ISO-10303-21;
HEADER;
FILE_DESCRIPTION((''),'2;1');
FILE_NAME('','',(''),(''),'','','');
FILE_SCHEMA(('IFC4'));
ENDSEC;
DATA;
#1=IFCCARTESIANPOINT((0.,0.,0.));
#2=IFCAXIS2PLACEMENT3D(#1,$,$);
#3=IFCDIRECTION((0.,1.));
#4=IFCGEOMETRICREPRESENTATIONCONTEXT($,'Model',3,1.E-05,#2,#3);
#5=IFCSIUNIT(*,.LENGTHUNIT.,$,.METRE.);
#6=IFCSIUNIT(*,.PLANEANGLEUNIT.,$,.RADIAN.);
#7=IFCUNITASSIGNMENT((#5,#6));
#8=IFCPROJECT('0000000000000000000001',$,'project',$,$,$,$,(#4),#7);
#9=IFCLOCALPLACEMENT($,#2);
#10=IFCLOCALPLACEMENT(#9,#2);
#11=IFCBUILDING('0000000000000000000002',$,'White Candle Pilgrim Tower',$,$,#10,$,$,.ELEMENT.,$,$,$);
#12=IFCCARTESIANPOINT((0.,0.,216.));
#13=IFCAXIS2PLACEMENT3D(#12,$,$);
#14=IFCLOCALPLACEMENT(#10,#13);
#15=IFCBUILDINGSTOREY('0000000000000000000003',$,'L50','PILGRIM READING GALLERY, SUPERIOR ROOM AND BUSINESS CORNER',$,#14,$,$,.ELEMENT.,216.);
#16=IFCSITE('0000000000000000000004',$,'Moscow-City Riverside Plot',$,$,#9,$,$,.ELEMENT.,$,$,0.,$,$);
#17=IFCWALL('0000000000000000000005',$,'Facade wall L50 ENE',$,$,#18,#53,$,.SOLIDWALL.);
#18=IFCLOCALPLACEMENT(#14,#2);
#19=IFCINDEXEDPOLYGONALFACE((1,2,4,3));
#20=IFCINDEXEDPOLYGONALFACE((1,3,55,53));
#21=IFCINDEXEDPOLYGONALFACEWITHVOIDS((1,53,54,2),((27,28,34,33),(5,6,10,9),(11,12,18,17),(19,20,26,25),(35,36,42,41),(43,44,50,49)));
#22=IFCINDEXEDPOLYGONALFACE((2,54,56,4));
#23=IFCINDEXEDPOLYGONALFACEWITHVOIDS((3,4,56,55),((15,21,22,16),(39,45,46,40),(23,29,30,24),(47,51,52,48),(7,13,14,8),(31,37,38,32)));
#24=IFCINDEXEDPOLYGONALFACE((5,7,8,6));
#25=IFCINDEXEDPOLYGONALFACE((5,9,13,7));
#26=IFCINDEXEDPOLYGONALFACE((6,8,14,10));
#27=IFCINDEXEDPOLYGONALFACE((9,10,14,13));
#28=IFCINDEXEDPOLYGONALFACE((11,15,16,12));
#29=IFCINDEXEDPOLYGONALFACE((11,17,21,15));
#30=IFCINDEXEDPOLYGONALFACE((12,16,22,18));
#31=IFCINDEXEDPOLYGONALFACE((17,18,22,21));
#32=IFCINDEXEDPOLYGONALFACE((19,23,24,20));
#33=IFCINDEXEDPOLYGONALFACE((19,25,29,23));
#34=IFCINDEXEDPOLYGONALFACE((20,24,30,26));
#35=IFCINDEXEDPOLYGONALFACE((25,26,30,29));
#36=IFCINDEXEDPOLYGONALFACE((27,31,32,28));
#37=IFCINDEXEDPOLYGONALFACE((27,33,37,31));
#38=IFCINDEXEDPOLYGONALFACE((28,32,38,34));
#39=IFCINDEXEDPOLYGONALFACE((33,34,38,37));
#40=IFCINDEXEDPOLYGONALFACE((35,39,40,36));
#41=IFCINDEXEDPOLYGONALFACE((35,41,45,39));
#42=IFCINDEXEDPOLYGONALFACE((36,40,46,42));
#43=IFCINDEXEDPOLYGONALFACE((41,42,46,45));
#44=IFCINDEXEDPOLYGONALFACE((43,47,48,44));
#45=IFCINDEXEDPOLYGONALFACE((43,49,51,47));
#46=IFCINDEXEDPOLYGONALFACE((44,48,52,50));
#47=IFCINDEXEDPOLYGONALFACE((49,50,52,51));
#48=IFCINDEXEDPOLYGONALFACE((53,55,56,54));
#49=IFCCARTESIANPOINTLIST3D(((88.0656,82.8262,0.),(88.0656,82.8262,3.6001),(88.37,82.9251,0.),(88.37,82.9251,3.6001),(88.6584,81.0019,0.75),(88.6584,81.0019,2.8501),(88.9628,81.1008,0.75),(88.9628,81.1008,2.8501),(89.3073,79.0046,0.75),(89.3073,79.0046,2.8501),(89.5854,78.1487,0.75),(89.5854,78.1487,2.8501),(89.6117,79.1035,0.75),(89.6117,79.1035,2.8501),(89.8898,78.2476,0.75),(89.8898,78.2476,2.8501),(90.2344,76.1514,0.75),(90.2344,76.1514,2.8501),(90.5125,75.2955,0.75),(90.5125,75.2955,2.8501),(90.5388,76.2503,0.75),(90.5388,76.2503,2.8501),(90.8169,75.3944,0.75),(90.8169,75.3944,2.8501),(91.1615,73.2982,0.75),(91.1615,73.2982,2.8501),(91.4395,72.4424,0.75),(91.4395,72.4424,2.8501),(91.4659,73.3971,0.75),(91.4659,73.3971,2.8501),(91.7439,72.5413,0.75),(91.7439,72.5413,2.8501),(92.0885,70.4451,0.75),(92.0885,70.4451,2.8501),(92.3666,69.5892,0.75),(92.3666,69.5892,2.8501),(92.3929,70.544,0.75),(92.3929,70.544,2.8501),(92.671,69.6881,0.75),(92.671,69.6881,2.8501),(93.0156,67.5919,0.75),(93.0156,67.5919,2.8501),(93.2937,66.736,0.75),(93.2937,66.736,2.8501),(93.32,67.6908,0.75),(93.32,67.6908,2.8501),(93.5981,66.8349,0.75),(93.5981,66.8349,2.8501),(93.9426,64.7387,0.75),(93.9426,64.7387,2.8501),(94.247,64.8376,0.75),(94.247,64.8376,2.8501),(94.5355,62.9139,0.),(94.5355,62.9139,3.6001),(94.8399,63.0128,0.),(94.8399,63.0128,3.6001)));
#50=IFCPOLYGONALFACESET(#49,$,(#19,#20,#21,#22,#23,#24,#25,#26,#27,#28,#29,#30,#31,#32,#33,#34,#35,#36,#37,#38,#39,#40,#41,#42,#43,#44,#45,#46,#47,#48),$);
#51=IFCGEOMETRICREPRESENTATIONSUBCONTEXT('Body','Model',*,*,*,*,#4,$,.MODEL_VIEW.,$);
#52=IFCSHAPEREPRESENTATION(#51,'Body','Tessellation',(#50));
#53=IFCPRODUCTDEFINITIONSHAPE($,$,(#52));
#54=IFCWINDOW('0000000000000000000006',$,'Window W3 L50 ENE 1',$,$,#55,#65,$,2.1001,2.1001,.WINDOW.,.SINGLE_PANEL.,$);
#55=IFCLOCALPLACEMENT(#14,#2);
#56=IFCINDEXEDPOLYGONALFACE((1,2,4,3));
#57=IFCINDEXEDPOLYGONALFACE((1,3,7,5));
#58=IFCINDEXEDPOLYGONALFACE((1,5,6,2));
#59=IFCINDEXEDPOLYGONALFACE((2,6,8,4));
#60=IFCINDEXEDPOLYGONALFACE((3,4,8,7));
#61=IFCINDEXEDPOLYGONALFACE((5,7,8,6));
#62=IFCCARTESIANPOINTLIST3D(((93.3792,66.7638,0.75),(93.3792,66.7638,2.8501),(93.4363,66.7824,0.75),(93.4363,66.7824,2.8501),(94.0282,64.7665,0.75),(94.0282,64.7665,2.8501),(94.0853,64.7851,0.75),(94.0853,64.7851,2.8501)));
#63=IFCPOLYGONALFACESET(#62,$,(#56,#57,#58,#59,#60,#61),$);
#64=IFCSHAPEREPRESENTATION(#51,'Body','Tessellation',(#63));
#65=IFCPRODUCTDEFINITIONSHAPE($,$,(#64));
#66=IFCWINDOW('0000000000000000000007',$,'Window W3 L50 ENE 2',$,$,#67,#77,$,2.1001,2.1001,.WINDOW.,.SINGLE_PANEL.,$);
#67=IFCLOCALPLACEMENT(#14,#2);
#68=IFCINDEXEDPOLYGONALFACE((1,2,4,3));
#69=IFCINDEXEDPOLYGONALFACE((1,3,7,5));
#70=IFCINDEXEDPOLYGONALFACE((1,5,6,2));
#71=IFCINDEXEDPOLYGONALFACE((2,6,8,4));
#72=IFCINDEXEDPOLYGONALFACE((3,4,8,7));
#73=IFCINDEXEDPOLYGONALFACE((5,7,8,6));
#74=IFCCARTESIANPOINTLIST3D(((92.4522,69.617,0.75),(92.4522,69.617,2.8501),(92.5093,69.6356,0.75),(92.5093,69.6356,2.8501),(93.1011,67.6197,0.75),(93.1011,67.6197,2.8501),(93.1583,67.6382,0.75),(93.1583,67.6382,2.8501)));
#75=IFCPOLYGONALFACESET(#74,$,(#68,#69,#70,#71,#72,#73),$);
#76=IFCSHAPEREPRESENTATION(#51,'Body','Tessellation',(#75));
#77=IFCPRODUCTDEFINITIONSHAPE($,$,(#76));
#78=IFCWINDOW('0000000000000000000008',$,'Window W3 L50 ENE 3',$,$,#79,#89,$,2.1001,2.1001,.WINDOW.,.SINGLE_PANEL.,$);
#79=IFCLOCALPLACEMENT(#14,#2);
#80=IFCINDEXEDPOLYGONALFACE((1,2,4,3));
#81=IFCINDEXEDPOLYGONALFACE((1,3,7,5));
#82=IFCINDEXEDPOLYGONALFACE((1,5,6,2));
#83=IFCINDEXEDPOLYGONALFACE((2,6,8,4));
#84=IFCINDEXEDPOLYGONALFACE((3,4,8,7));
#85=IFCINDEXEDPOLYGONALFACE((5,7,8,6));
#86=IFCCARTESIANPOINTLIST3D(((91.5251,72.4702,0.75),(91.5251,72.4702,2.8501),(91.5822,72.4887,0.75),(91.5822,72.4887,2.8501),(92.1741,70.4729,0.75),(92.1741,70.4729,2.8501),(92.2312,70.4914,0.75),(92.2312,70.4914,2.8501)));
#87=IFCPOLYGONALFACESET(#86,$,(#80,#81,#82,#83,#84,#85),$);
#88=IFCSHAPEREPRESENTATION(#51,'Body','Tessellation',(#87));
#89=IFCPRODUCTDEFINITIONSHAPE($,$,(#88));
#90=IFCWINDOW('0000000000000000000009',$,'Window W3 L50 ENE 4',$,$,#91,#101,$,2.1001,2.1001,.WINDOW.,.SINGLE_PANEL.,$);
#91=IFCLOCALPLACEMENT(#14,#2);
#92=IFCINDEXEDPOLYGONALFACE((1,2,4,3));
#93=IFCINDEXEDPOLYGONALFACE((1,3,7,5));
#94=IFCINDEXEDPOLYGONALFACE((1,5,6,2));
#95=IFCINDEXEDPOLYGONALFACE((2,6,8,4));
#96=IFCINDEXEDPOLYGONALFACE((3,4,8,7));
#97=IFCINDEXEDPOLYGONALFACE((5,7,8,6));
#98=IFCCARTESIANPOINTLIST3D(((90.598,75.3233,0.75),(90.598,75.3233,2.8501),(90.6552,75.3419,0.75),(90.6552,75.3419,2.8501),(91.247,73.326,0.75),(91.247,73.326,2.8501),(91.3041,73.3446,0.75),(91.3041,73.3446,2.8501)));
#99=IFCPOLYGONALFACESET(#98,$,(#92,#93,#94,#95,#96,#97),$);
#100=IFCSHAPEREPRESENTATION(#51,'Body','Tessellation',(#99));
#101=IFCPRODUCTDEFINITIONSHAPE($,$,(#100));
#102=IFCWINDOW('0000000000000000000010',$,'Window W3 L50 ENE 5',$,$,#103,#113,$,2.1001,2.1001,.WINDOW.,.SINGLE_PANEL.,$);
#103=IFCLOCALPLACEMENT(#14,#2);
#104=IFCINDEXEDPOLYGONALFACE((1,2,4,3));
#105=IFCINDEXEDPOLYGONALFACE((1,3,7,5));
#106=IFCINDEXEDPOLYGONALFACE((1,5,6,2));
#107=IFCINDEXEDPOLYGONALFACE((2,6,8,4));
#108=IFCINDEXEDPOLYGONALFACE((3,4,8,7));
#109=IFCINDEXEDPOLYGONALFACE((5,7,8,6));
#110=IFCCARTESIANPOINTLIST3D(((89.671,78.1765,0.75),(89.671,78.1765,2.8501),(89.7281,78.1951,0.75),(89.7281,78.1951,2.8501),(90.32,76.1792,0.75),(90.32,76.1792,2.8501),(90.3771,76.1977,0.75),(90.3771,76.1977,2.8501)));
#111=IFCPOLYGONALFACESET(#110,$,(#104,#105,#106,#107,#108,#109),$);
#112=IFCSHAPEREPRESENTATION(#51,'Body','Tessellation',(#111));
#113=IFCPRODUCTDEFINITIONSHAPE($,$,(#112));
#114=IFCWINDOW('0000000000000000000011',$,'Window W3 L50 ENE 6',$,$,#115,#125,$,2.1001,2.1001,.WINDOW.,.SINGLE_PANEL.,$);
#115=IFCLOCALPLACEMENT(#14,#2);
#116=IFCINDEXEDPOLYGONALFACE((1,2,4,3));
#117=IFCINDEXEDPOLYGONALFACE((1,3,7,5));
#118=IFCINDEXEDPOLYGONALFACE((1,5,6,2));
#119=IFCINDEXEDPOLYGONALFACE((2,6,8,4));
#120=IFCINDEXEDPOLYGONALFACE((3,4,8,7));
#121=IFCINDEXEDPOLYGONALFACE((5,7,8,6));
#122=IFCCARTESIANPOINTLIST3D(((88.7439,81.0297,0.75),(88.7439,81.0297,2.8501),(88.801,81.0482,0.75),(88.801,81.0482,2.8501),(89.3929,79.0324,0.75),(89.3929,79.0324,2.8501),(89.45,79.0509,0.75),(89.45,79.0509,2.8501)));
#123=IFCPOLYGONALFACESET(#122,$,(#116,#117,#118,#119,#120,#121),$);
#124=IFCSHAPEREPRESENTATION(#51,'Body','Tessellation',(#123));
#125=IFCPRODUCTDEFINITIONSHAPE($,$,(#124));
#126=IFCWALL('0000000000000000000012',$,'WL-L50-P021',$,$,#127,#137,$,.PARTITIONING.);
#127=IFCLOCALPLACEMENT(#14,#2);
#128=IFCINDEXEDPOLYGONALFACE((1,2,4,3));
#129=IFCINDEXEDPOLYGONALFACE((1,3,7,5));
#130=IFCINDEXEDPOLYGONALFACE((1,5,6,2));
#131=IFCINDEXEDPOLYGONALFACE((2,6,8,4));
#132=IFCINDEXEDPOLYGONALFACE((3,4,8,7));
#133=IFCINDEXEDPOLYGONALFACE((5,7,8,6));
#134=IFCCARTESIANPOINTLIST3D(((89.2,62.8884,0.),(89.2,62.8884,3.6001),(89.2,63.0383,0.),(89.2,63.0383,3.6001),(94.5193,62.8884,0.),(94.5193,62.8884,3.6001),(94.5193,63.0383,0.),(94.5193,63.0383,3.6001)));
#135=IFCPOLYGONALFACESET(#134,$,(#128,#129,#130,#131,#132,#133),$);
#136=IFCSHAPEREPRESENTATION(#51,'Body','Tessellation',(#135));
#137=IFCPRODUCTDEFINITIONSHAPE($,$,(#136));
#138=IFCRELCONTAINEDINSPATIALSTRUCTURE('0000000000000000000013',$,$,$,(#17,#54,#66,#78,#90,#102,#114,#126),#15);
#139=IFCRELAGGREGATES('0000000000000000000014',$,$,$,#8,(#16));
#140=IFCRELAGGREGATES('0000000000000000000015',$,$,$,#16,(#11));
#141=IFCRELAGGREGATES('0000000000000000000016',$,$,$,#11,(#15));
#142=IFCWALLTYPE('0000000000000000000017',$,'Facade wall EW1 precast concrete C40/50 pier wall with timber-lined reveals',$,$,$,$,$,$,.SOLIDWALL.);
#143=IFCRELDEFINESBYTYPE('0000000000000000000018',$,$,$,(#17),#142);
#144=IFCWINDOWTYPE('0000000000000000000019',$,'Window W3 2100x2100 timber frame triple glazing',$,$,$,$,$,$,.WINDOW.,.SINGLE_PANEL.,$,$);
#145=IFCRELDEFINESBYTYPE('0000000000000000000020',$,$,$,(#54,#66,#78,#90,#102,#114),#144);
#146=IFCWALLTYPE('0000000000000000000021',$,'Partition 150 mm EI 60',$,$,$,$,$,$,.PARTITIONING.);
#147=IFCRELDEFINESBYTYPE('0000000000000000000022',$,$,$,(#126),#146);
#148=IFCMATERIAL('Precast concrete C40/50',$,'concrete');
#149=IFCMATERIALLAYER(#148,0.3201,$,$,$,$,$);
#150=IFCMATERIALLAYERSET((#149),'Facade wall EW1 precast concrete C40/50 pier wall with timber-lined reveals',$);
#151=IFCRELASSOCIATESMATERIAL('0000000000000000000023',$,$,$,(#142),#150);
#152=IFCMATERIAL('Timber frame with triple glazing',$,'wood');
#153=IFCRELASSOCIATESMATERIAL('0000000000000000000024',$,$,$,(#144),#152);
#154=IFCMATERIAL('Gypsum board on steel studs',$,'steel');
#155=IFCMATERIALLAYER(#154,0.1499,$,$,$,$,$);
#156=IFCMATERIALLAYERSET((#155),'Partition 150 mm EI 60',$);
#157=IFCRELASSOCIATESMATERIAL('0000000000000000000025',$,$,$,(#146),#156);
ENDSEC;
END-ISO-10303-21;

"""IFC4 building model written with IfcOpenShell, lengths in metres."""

from ifc_helpers import new_model, si_unit, direction, frame, frame_2d, origin, place, context, subcontext, project, spatial, rectangle, extrude, material, layer, layer_set, type_object, element, fill, save


model = new_model("IFC4")

# Units and contexts
model_context = context("Model", 3, precision=1e-05, world=origin(), true_north=direction((0.0, 1.0)))
body_context = subcontext(model_context, "Body", "Model", "MODEL_VIEW")
ifc_project = project(units=[si_unit("LENGTHUNIT", "METRE"), si_unit("PLANEANGLEUNIT", "RADIAN")], contexts=[model_context])

# Site, building, storey
site_placement = place(None, origin())
site = spatial("IfcSite", under=ifc_project, at=site_placement, Name="Moscow-City Riverside Plot", CompositionType="ELEMENT", RefElevation=0.0)
building_placement = place(site_placement, origin())
building = spatial("IfcBuilding", under=site, at=building_placement, Name="White Candle Pilgrim Tower", CompositionType="ELEMENT")
storey_placement = place(building_placement, frame((0.0, 0.0, 216.0)))
storey = spatial("IfcBuildingStorey", under=building, at=storey_placement, Name="L50", Description="PILGRIM READING GALLERY, SUPERIOR ROOM AND BUSINESS CORNER", CompositionType="ELEMENT", Elevation=216.0)

# Shared definitions
ifc_material_1 = material(Name="Gypsum board on steel studs", Category="steel")

# Wall, openings, windows
ifc_material_2 = material(Name="Precast concrete C40/50", Category="concrete")
ifc_layer_1 = layer(ifc_material_2, 0.3201)
ifc_layer_set_1 = layer_set([ifc_layer_1], Name="Facade wall EW1 precast concrete C40/50 pier wall with timber-lined reveals")
wall_type_1 = type_object("IfcWallType", Name="Facade wall EW1 precast concrete C40/50 pier wall with timber-lined reveals", PredefinedType="SOLIDWALL", material=ifc_layer_set_1)
wall_1_placement = place(storey_placement, frame((94.6877, 62.9634, 0.0), z_axis=(0.0, 0.0, 1.0), x_axis=(-0.309019, 0.951056, 0.0)))
wall_1 = element("IfcWall", 1, at=wall_1_placement, inside=storey, type_object=wall_type_1, Name="Facade wall L50 ENE", PredefinedType="SOLIDWALL", context=body_context, shape_type="SweptSolid", body=[
    extrude(rectangle(XDim=20.937, YDim=0.3201, at=frame_2d((10.4685, 0.0))), origin(), (0.0, 0.0, 1.0), 3.6001),
])
opening_1_placement = place(wall_1_placement, frame((1.9187, 0.0, 0.75)))
opening_1 = element("IfcOpeningElement", 2, at=opening_1_placement, cuts=wall_1, PredefinedType="OPENING", context=body_context, shape_type="SweptSolid", body=[
    extrude(rectangle(XDim=2.1001, YDim=2.1001, at=frame_2d((1.05, 1.05))), frame((0.0, 0.1699, 0.0), z_axis=(0.0, -1.0, 0.0), x_axis=(1.0, 0.0, 0.0)), (0.0, 0.0, 1.0), 0.3401),
])
opening_2_placement = place(wall_1_placement, frame((4.9187, 0.0, 0.75)))
opening_2 = element("IfcOpeningElement", 3, at=opening_2_placement, cuts=wall_1, PredefinedType="OPENING", context=body_context, shape_type="SweptSolid", body=[
    extrude(rectangle(XDim=2.1001, YDim=2.1001, at=frame_2d((1.05, 1.05))), frame((0.0, 0.1699, 0.0), z_axis=(0.0, -1.0, 0.0), x_axis=(1.0, 0.0, 0.0)), (0.0, 0.0, 1.0), 0.3401),
])
opening_3_placement = place(wall_1_placement, frame((7.9187, 0.0, 0.75)))
opening_3 = element("IfcOpeningElement", 4, at=opening_3_placement, cuts=wall_1, PredefinedType="OPENING", context=body_context, shape_type="SweptSolid", body=[
    extrude(rectangle(XDim=2.1001, YDim=2.1001, at=frame_2d((1.05, 1.05))), frame((0.0, 0.1699, 0.0), z_axis=(0.0, -1.0, 0.0), x_axis=(1.0, 0.0, 0.0)), (0.0, 0.0, 1.0), 0.3401),
])
opening_4_placement = place(wall_1_placement, frame((10.9187, 0.0, 0.75)))
opening_4 = element("IfcOpeningElement", 5, at=opening_4_placement, cuts=wall_1, PredefinedType="OPENING", context=body_context, shape_type="SweptSolid", body=[
    extrude(rectangle(XDim=2.1001, YDim=2.1001, at=frame_2d((1.05, 1.05))), frame((0.0, 0.1699, 0.0), z_axis=(0.0, -1.0, 0.0), x_axis=(1.0, 0.0, 0.0)), (0.0, 0.0, 1.0), 0.3401),
])
opening_5_placement = place(wall_1_placement, frame((13.9187, 0.0, 0.75)))
opening_5 = element("IfcOpeningElement", 6, at=opening_5_placement, cuts=wall_1, PredefinedType="OPENING", context=body_context, shape_type="SweptSolid", body=[
    extrude(rectangle(XDim=2.1001, YDim=2.1001, at=frame_2d((1.05, 1.05))), frame((0.0, 0.1699, 0.0), z_axis=(0.0, -1.0, 0.0), x_axis=(1.0, 0.0, 0.0)), (0.0, 0.0, 1.0), 0.3401),
])
opening_6_placement = place(wall_1_placement, frame((16.9187, 0.0, 0.75)))
opening_6 = element("IfcOpeningElement", 7, at=opening_6_placement, cuts=wall_1, PredefinedType="OPENING", context=body_context, shape_type="SweptSolid", body=[
    extrude(rectangle(XDim=2.1001, YDim=2.1001, at=frame_2d((1.05, 1.05))), frame((0.0, 0.1699, 0.0), z_axis=(0.0, -1.0, 0.0), x_axis=(1.0, 0.0, 0.0)), (0.0, 0.0, 1.0), 0.3401),
])
ifc_material_3 = material(Name="Timber frame with triple glazing", Category="wood")
window_type = type_object("IfcWindowType", Name="Window W3 2100x2100 timber frame triple glazing", PartitioningType="SINGLE_PANEL", PredefinedType="WINDOW", material=ifc_material_3)
window_1_placement = place(opening_1_placement, origin())
window_1 = element("IfcWindow", 8, at=window_1_placement, inside=storey, type_object=window_type, Name="Window W3 L50 ENE 1", OverallHeight=2.1001, OverallWidth=2.1001, PartitioningType="SINGLE_PANEL", PredefinedType="WINDOW", context=body_context, shape_type="SweptSolid", body=[
    extrude(rectangle(XDim=2.1001, YDim=2.1001, at=frame_2d((1.05, 1.05))), frame((0.0, 0.0701, 0.0), z_axis=(0.0, -1.0, 0.0), x_axis=(1.0, 0.0, 0.0)), (0.0, 0.0, 1.0), 0.0601),
])
fill(opening_1, window_1)
window_2_placement = place(opening_2_placement, origin())
window_2 = element("IfcWindow", 9, at=window_2_placement, inside=storey, type_object=window_type, Name="Window W3 L50 ENE 2", OverallHeight=2.1001, OverallWidth=2.1001, PartitioningType="SINGLE_PANEL", PredefinedType="WINDOW", context=body_context, shape_type="SweptSolid", body=[
    extrude(rectangle(XDim=2.1001, YDim=2.1001, at=frame_2d((1.05, 1.05))), frame((0.0, 0.0701, 0.0), z_axis=(0.0, -1.0, 0.0), x_axis=(1.0, 0.0, 0.0)), (0.0, 0.0, 1.0), 0.0601),
])
fill(opening_2, window_2)
window_3_placement = place(opening_3_placement, origin())
window_3 = element("IfcWindow", 10, at=window_3_placement, inside=storey, type_object=window_type, Name="Window W3 L50 ENE 3", OverallHeight=2.1001, OverallWidth=2.1001, PartitioningType="SINGLE_PANEL", PredefinedType="WINDOW", context=body_context, shape_type="SweptSolid", body=[
    extrude(rectangle(XDim=2.1001, YDim=2.1001, at=frame_2d((1.05, 1.05))), frame((0.0, 0.0701, 0.0), z_axis=(0.0, -1.0, 0.0), x_axis=(1.0, 0.0, 0.0)), (0.0, 0.0, 1.0), 0.0601),
])
fill(opening_3, window_3)
window_4_placement = place(opening_4_placement, origin())
window_4 = element("IfcWindow", 11, at=window_4_placement, inside=storey, type_object=window_type, Name="Window W3 L50 ENE 4", OverallHeight=2.1001, OverallWidth=2.1001, PartitioningType="SINGLE_PANEL", PredefinedType="WINDOW", context=body_context, shape_type="SweptSolid", body=[
    extrude(rectangle(XDim=2.1001, YDim=2.1001, at=frame_2d((1.05, 1.05))), frame((0.0, 0.0701, 0.0), z_axis=(0.0, -1.0, 0.0), x_axis=(1.0, 0.0, 0.0)), (0.0, 0.0, 1.0), 0.0601),
])
fill(opening_4, window_4)
window_5_placement = place(opening_5_placement, origin())
window_5 = element("IfcWindow", 12, at=window_5_placement, inside=storey, type_object=window_type, Name="Window W3 L50 ENE 5", OverallHeight=2.1001, OverallWidth=2.1001, PartitioningType="SINGLE_PANEL", PredefinedType="WINDOW", context=body_context, shape_type="SweptSolid", body=[
    extrude(rectangle(XDim=2.1001, YDim=2.1001, at=frame_2d((1.05, 1.05))), frame((0.0, 0.0701, 0.0), z_axis=(0.0, -1.0, 0.0), x_axis=(1.0, 0.0, 0.0)), (0.0, 0.0, 1.0), 0.0601),
])
fill(opening_5, window_5)
window_6_placement = place(opening_6_placement, origin())
window_6 = element("IfcWindow", 13, at=window_6_placement, inside=storey, type_object=window_type, Name="Window W3 L50 ENE 6", OverallHeight=2.1001, OverallWidth=2.1001, PartitioningType="SINGLE_PANEL", PredefinedType="WINDOW", context=body_context, shape_type="SweptSolid", body=[
    extrude(rectangle(XDim=2.1001, YDim=2.1001, at=frame_2d((1.05, 1.05))), frame((0.0, 0.0701, 0.0), z_axis=(0.0, -1.0, 0.0), x_axis=(1.0, 0.0, 0.0)), (0.0, 0.0, 1.0), 0.0601),
])
fill(opening_6, window_6)

# Wall
ifc_layer_2 = layer(ifc_material_1, 0.1499)
ifc_layer_set_2 = layer_set([ifc_layer_2], Name="Partition 150 mm EI 60")
wall_type_2 = type_object("IfcWallType", Name="Partition 150 mm EI 60", PredefinedType="PARTITIONING", material=ifc_layer_set_2)
wall_2_placement = place(storey_placement, frame((94.5193, 62.9634, 0.0), z_axis=(0.0, 0.0, 1.0), x_axis=(-1.0, 0.0, 0.0)))
element("IfcWall", 14, at=wall_2_placement, inside=storey, type_object=wall_type_2, Name="WL-L50-P021", PredefinedType="PARTITIONING", context=body_context, shape_type="SweptSolid", body=[
    extrude(rectangle(XDim=5.3193, YDim=0.1499, at=frame_2d((2.6597, 0.0))), origin(), (0.0, 0.0, 1.0), 3.6001),
])

save(model, "model.ifc")
